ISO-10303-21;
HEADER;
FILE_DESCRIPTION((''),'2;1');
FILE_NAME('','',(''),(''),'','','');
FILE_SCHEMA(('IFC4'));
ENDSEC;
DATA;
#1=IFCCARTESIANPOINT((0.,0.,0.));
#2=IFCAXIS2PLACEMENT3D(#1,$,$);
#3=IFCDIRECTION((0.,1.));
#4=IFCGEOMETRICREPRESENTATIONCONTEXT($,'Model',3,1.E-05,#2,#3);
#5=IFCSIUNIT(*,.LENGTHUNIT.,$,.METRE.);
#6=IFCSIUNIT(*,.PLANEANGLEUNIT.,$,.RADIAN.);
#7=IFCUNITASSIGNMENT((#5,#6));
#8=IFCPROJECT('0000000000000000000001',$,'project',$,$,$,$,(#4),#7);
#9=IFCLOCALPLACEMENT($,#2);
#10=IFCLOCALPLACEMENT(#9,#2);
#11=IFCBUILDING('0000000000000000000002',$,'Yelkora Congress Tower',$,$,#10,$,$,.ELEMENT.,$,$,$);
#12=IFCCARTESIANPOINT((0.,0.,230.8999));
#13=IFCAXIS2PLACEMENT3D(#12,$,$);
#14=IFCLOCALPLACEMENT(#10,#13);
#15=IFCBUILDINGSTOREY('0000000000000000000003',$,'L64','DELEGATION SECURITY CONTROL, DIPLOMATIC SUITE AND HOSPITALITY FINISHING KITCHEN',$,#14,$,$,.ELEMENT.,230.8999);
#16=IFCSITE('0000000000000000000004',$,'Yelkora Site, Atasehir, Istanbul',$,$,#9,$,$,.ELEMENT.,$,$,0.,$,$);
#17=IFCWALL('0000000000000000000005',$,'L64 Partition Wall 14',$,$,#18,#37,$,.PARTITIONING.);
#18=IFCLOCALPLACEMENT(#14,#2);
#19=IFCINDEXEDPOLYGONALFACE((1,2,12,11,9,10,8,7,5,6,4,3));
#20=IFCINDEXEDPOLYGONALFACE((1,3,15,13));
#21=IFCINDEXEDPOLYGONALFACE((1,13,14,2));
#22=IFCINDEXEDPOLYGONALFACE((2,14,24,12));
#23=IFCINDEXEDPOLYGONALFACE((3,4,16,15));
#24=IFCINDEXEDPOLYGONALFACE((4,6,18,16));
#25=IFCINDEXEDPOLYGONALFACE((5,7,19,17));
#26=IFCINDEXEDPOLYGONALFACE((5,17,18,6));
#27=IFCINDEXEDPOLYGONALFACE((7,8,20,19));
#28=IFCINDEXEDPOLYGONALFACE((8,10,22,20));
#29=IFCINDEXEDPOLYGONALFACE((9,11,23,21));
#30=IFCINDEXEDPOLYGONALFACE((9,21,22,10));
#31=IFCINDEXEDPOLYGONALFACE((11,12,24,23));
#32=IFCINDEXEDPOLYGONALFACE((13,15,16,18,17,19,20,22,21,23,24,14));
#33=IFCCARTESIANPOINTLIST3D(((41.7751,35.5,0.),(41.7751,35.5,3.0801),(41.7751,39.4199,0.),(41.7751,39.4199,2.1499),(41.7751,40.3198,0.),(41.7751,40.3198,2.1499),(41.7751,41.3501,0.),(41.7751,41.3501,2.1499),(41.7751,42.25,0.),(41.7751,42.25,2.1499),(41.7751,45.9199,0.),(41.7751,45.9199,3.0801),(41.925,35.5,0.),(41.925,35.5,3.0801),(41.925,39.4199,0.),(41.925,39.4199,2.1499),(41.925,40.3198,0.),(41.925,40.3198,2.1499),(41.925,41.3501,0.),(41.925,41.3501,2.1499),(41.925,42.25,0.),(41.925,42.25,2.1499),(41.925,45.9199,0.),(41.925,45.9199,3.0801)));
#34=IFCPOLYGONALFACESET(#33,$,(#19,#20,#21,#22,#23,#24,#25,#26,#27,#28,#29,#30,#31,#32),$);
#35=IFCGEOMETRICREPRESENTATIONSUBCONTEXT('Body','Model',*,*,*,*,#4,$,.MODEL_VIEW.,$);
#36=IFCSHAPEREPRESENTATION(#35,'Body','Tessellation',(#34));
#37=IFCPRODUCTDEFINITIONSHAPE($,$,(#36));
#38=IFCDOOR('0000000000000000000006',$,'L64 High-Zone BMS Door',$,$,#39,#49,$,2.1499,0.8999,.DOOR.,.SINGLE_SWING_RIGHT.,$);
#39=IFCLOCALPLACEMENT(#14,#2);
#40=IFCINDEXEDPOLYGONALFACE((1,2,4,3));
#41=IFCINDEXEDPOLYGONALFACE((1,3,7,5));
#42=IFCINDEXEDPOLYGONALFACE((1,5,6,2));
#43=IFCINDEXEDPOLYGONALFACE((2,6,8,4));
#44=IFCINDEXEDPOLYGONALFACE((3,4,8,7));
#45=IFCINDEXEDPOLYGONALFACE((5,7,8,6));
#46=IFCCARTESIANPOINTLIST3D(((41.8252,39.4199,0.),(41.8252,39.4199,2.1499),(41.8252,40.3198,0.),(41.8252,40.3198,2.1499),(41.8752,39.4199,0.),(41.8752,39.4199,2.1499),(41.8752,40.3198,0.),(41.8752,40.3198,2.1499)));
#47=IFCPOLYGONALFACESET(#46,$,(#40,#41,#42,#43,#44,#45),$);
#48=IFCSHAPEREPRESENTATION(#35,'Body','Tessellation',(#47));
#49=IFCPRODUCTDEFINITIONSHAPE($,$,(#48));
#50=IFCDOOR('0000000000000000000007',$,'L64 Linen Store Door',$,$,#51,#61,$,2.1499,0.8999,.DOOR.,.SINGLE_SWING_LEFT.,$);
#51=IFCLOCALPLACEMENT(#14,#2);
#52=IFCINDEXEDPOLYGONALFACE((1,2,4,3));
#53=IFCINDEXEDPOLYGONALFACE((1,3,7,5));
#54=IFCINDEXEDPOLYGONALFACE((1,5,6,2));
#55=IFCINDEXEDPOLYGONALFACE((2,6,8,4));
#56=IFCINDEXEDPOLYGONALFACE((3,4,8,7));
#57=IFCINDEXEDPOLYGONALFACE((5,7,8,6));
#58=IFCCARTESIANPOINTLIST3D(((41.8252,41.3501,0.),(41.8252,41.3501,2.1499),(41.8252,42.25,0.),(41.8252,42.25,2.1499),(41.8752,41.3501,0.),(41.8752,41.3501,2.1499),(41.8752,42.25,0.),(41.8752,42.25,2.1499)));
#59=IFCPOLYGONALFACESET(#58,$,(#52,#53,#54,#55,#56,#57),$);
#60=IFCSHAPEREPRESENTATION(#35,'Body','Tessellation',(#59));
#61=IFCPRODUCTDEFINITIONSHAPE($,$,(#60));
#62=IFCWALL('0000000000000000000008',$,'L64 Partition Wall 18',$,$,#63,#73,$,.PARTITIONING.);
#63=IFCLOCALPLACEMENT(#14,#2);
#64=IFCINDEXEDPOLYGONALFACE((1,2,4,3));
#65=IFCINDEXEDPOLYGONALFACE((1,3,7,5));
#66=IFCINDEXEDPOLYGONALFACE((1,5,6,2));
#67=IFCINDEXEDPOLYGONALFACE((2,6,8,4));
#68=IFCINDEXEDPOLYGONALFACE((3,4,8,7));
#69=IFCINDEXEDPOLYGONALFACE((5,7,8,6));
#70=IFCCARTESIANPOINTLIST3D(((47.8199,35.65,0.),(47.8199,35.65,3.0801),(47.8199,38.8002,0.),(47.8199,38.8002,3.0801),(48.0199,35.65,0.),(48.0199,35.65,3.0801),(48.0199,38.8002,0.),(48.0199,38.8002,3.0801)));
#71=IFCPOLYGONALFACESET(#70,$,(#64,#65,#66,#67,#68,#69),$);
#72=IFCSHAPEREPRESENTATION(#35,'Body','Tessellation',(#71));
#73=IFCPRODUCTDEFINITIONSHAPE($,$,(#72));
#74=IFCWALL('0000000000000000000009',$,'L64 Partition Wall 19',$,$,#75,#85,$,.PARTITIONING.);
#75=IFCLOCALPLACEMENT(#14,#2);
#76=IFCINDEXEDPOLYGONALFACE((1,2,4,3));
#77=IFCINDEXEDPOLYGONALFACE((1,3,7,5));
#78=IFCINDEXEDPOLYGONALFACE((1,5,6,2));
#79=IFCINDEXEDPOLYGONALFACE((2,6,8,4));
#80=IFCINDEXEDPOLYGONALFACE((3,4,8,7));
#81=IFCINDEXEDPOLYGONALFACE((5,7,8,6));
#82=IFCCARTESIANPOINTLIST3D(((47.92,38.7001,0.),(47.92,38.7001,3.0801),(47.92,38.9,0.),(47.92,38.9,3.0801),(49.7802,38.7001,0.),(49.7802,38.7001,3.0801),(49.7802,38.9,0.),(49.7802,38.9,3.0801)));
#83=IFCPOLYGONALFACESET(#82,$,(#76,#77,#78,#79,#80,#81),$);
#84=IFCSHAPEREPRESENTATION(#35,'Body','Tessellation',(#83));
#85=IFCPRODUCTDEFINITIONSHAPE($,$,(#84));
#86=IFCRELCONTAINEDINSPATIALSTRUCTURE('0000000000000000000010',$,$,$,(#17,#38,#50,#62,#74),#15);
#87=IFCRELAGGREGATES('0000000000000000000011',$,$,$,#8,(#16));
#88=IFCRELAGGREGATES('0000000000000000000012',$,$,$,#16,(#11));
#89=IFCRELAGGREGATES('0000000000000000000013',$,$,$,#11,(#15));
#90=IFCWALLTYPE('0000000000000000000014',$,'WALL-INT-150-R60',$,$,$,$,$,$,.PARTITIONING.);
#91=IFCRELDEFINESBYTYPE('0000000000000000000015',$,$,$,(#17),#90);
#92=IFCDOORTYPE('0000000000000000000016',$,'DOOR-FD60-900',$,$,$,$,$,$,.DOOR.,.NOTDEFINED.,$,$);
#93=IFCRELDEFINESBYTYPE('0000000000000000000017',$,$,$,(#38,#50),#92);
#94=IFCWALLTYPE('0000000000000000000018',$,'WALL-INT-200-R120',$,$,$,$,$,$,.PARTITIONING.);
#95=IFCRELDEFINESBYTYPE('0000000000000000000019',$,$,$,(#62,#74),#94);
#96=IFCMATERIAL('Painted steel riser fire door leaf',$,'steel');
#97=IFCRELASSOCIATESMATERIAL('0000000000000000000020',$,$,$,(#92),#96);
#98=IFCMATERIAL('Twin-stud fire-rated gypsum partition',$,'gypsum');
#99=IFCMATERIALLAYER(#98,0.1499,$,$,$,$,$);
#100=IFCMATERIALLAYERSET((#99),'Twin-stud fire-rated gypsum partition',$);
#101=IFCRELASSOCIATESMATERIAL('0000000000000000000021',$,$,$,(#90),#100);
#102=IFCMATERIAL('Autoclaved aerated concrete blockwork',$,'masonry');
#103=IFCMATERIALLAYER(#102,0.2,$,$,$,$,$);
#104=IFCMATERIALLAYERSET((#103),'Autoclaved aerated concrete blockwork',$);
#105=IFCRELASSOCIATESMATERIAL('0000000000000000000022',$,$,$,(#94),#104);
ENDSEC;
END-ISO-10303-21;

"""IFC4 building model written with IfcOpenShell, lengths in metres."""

from ifc_helpers import new_model, si_unit, direction, frame, frame_2d, origin, place, context, subcontext, project, spatial, rectangle, extrude, material, layer, layer_set, type_object, element, fill, save


model = new_model("IFC4")

# Units and contexts
model_context = context("Model", 3, precision=1e-05, world=origin(), true_north=direction((0.0, 1.0)))
body_context = subcontext(model_context, "Body", "Model", "MODEL_VIEW")
ifc_project = project(units=[si_unit("LENGTHUNIT", "METRE"), si_unit("PLANEANGLEUNIT", "RADIAN")], contexts=[model_context])

# Site, building, storey
site_placement = place(None, origin())
site = spatial("IfcSite", under=ifc_project, at=site_placement, Name="Yelkora Site, Atasehir, Istanbul", CompositionType="ELEMENT", RefElevation=0.0)
building_placement = place(site_placement, origin())
building = spatial("IfcBuilding", under=site, at=building_placement, Name="Yelkora Congress Tower", CompositionType="ELEMENT")
storey_placement = place(building_placement, frame((0.0, 0.0, 230.8999)))
storey = spatial("IfcBuildingStorey", under=building, at=storey_placement, Name="L64", Description="DELEGATION SECURITY CONTROL, DIPLOMATIC SUITE AND HOSPITALITY FINISHING KITCHEN", CompositionType="ELEMENT", Elevation=230.8999)

# Shared definitions
ifc_material_1 = material(Name="Painted steel riser fire door leaf", Category="steel")
door_type_1 = type_object("IfcDoorType", Name="DOOR-FD60-900", OperationType="NOTDEFINED", PredefinedType="DOOR", material=ifc_material_1)

# Shared definitions
ifc_material_2 = material(Name="Twin-stud fire-rated gypsum partition", Category="gypsum")
ifc_layer_1 = layer(ifc_material_2, 0.1499)
ifc_layer_set_1 = layer_set([ifc_layer_1], Name="Twin-stud fire-rated gypsum partition")
wall_type_1 = type_object("IfcWallType", Name="WALL-INT-150-R60", PredefinedType="PARTITIONING", material=ifc_layer_set_1)

# Wall, openings, doors
wall_1_placement = place(storey_placement, frame((41.8501, 35.5, 0.0), z_axis=(0.0, 0.0, 1.0), x_axis=(0.0, 1.0, 0.0)))
wall_1 = element("IfcWall", 1, at=wall_1_placement, inside=storey, type_object=wall_type_1, Name="L64 Partition Wall 14", PredefinedType="PARTITIONING", context=body_context, shape_type="SweptSolid", body=[
    extrude(rectangle(XDim=10.4199, YDim=0.1499, at=frame_2d((5.21, 0.0))), origin(), (0.0, 0.0, 1.0), 3.0801),
])
opening_1_placement = place(wall_1_placement, frame((3.9199, 0.0, 0.0)))
opening_1 = element("IfcOpeningElement", 2, at=opening_1_placement, cuts=wall_1, PredefinedType="OPENING", context=body_context, shape_type="SweptSolid", body=[
    extrude(rectangle(XDim=0.8999, YDim=2.1499, at=frame_2d((0.45, 1.075))), frame((0.0, 0.085, 0.0), z_axis=(0.0, -1.0, 0.0), x_axis=(1.0, 0.0, 0.0)), (0.0, 0.0, 1.0), 0.1699),
])
opening_2_placement = place(wall_1_placement, frame((5.8501, 0.0, 0.0)))
opening_2 = element("IfcOpeningElement", 3, at=opening_2_placement, cuts=wall_1, PredefinedType="OPENING", context=body_context, shape_type="SweptSolid", body=[
    extrude(rectangle(XDim=0.8999, YDim=2.1499, at=frame_2d((0.45, 1.075))), frame((0.0, 0.085, 0.0), z_axis=(0.0, -1.0, 0.0), x_axis=(1.0, 0.0, 0.0)), (0.0, 0.0, 1.0), 0.1699),
])
door_1_placement = place(opening_1_placement, origin())
door_1 = element("IfcDoor", 4, at=door_1_placement, inside=storey, type_object=door_type_1, Name="L64 High-Zone BMS Door", OperationType="SINGLE_SWING_RIGHT", OverallHeight=2.1499, OverallWidth=0.8999, PredefinedType="DOOR", context=body_context, shape_type="SweptSolid", body=[
    extrude(rectangle(XDim=0.8999, YDim=2.1499, at=frame_2d((0.45, 1.075))), frame((0.0, 0.0249, 0.0), z_axis=(0.0, -1.0, 0.0), x_axis=(1.0, 0.0, 0.0)), (0.0, 0.0, 1.0), 0.05),
])
fill(opening_1, door_1)
door_2_placement = place(opening_2_placement, origin())
door_2 = element("IfcDoor", 5, at=door_2_placement, inside=storey, type_object=door_type_1, Name="L64 Linen Store Door", OperationType="SINGLE_SWING_LEFT", OverallHeight=2.1499, OverallWidth=0.8999, PredefinedType="DOOR", context=body_context, shape_type="SweptSolid", body=[
    extrude(rectangle(XDim=0.8999, YDim=2.1499, at=frame_2d((0.45, 1.075))), frame((0.0, 0.0249, 0.0), z_axis=(0.0, -1.0, 0.0), x_axis=(1.0, 0.0, 0.0)), (0.0, 0.0, 1.0), 0.05),
])
fill(opening_2, door_2)

# Walls
ifc_material_3 = material(Name="Autoclaved aerated concrete blockwork", Category="masonry")
ifc_layer_2 = layer(ifc_material_3, 0.2)
ifc_layer_set_2 = layer_set([ifc_layer_2], Name="Autoclaved aerated concrete blockwork")
wall_type_2 = type_object("IfcWallType", Name="WALL-INT-200-R120", PredefinedType="PARTITIONING", material=ifc_layer_set_2)
wall_2_placement = place(storey_placement, frame((47.9199, 35.6499, 0.0), z_axis=(0.0, 0.0, 1.0), x_axis=(0.0, 1.0, 0.0)))
element("IfcWall", 6, at=wall_2_placement, inside=storey, type_object=wall_type_2, Name="L64 Partition Wall 18", PredefinedType="PARTITIONING", context=body_context, shape_type="SweptSolid", body=[
    extrude(rectangle(XDim=3.1501, YDim=0.2, at=frame_2d((1.5752, 0.0))), origin(), (0.0, 0.0, 1.0), 3.0801),
])
wall_3_placement = place(storey_placement, frame((47.9199, 38.8, 0.0), z_axis=(0.0, 0.0, 1.0), x_axis=(1.0, 0.0, 0.0)))
element("IfcWall", 7, at=wall_3_placement, inside=storey, type_object=wall_type_2, Name="L64 Partition Wall 19", PredefinedType="PARTITIONING", context=body_context, shape_type="SweptSolid", body=[
    extrude(rectangle(XDim=1.8601, YDim=0.2, at=frame_2d((0.9302, 0.0))), origin(), (0.0, 0.0, 1.0), 3.0801),
])

save(model, "model.ifc")
